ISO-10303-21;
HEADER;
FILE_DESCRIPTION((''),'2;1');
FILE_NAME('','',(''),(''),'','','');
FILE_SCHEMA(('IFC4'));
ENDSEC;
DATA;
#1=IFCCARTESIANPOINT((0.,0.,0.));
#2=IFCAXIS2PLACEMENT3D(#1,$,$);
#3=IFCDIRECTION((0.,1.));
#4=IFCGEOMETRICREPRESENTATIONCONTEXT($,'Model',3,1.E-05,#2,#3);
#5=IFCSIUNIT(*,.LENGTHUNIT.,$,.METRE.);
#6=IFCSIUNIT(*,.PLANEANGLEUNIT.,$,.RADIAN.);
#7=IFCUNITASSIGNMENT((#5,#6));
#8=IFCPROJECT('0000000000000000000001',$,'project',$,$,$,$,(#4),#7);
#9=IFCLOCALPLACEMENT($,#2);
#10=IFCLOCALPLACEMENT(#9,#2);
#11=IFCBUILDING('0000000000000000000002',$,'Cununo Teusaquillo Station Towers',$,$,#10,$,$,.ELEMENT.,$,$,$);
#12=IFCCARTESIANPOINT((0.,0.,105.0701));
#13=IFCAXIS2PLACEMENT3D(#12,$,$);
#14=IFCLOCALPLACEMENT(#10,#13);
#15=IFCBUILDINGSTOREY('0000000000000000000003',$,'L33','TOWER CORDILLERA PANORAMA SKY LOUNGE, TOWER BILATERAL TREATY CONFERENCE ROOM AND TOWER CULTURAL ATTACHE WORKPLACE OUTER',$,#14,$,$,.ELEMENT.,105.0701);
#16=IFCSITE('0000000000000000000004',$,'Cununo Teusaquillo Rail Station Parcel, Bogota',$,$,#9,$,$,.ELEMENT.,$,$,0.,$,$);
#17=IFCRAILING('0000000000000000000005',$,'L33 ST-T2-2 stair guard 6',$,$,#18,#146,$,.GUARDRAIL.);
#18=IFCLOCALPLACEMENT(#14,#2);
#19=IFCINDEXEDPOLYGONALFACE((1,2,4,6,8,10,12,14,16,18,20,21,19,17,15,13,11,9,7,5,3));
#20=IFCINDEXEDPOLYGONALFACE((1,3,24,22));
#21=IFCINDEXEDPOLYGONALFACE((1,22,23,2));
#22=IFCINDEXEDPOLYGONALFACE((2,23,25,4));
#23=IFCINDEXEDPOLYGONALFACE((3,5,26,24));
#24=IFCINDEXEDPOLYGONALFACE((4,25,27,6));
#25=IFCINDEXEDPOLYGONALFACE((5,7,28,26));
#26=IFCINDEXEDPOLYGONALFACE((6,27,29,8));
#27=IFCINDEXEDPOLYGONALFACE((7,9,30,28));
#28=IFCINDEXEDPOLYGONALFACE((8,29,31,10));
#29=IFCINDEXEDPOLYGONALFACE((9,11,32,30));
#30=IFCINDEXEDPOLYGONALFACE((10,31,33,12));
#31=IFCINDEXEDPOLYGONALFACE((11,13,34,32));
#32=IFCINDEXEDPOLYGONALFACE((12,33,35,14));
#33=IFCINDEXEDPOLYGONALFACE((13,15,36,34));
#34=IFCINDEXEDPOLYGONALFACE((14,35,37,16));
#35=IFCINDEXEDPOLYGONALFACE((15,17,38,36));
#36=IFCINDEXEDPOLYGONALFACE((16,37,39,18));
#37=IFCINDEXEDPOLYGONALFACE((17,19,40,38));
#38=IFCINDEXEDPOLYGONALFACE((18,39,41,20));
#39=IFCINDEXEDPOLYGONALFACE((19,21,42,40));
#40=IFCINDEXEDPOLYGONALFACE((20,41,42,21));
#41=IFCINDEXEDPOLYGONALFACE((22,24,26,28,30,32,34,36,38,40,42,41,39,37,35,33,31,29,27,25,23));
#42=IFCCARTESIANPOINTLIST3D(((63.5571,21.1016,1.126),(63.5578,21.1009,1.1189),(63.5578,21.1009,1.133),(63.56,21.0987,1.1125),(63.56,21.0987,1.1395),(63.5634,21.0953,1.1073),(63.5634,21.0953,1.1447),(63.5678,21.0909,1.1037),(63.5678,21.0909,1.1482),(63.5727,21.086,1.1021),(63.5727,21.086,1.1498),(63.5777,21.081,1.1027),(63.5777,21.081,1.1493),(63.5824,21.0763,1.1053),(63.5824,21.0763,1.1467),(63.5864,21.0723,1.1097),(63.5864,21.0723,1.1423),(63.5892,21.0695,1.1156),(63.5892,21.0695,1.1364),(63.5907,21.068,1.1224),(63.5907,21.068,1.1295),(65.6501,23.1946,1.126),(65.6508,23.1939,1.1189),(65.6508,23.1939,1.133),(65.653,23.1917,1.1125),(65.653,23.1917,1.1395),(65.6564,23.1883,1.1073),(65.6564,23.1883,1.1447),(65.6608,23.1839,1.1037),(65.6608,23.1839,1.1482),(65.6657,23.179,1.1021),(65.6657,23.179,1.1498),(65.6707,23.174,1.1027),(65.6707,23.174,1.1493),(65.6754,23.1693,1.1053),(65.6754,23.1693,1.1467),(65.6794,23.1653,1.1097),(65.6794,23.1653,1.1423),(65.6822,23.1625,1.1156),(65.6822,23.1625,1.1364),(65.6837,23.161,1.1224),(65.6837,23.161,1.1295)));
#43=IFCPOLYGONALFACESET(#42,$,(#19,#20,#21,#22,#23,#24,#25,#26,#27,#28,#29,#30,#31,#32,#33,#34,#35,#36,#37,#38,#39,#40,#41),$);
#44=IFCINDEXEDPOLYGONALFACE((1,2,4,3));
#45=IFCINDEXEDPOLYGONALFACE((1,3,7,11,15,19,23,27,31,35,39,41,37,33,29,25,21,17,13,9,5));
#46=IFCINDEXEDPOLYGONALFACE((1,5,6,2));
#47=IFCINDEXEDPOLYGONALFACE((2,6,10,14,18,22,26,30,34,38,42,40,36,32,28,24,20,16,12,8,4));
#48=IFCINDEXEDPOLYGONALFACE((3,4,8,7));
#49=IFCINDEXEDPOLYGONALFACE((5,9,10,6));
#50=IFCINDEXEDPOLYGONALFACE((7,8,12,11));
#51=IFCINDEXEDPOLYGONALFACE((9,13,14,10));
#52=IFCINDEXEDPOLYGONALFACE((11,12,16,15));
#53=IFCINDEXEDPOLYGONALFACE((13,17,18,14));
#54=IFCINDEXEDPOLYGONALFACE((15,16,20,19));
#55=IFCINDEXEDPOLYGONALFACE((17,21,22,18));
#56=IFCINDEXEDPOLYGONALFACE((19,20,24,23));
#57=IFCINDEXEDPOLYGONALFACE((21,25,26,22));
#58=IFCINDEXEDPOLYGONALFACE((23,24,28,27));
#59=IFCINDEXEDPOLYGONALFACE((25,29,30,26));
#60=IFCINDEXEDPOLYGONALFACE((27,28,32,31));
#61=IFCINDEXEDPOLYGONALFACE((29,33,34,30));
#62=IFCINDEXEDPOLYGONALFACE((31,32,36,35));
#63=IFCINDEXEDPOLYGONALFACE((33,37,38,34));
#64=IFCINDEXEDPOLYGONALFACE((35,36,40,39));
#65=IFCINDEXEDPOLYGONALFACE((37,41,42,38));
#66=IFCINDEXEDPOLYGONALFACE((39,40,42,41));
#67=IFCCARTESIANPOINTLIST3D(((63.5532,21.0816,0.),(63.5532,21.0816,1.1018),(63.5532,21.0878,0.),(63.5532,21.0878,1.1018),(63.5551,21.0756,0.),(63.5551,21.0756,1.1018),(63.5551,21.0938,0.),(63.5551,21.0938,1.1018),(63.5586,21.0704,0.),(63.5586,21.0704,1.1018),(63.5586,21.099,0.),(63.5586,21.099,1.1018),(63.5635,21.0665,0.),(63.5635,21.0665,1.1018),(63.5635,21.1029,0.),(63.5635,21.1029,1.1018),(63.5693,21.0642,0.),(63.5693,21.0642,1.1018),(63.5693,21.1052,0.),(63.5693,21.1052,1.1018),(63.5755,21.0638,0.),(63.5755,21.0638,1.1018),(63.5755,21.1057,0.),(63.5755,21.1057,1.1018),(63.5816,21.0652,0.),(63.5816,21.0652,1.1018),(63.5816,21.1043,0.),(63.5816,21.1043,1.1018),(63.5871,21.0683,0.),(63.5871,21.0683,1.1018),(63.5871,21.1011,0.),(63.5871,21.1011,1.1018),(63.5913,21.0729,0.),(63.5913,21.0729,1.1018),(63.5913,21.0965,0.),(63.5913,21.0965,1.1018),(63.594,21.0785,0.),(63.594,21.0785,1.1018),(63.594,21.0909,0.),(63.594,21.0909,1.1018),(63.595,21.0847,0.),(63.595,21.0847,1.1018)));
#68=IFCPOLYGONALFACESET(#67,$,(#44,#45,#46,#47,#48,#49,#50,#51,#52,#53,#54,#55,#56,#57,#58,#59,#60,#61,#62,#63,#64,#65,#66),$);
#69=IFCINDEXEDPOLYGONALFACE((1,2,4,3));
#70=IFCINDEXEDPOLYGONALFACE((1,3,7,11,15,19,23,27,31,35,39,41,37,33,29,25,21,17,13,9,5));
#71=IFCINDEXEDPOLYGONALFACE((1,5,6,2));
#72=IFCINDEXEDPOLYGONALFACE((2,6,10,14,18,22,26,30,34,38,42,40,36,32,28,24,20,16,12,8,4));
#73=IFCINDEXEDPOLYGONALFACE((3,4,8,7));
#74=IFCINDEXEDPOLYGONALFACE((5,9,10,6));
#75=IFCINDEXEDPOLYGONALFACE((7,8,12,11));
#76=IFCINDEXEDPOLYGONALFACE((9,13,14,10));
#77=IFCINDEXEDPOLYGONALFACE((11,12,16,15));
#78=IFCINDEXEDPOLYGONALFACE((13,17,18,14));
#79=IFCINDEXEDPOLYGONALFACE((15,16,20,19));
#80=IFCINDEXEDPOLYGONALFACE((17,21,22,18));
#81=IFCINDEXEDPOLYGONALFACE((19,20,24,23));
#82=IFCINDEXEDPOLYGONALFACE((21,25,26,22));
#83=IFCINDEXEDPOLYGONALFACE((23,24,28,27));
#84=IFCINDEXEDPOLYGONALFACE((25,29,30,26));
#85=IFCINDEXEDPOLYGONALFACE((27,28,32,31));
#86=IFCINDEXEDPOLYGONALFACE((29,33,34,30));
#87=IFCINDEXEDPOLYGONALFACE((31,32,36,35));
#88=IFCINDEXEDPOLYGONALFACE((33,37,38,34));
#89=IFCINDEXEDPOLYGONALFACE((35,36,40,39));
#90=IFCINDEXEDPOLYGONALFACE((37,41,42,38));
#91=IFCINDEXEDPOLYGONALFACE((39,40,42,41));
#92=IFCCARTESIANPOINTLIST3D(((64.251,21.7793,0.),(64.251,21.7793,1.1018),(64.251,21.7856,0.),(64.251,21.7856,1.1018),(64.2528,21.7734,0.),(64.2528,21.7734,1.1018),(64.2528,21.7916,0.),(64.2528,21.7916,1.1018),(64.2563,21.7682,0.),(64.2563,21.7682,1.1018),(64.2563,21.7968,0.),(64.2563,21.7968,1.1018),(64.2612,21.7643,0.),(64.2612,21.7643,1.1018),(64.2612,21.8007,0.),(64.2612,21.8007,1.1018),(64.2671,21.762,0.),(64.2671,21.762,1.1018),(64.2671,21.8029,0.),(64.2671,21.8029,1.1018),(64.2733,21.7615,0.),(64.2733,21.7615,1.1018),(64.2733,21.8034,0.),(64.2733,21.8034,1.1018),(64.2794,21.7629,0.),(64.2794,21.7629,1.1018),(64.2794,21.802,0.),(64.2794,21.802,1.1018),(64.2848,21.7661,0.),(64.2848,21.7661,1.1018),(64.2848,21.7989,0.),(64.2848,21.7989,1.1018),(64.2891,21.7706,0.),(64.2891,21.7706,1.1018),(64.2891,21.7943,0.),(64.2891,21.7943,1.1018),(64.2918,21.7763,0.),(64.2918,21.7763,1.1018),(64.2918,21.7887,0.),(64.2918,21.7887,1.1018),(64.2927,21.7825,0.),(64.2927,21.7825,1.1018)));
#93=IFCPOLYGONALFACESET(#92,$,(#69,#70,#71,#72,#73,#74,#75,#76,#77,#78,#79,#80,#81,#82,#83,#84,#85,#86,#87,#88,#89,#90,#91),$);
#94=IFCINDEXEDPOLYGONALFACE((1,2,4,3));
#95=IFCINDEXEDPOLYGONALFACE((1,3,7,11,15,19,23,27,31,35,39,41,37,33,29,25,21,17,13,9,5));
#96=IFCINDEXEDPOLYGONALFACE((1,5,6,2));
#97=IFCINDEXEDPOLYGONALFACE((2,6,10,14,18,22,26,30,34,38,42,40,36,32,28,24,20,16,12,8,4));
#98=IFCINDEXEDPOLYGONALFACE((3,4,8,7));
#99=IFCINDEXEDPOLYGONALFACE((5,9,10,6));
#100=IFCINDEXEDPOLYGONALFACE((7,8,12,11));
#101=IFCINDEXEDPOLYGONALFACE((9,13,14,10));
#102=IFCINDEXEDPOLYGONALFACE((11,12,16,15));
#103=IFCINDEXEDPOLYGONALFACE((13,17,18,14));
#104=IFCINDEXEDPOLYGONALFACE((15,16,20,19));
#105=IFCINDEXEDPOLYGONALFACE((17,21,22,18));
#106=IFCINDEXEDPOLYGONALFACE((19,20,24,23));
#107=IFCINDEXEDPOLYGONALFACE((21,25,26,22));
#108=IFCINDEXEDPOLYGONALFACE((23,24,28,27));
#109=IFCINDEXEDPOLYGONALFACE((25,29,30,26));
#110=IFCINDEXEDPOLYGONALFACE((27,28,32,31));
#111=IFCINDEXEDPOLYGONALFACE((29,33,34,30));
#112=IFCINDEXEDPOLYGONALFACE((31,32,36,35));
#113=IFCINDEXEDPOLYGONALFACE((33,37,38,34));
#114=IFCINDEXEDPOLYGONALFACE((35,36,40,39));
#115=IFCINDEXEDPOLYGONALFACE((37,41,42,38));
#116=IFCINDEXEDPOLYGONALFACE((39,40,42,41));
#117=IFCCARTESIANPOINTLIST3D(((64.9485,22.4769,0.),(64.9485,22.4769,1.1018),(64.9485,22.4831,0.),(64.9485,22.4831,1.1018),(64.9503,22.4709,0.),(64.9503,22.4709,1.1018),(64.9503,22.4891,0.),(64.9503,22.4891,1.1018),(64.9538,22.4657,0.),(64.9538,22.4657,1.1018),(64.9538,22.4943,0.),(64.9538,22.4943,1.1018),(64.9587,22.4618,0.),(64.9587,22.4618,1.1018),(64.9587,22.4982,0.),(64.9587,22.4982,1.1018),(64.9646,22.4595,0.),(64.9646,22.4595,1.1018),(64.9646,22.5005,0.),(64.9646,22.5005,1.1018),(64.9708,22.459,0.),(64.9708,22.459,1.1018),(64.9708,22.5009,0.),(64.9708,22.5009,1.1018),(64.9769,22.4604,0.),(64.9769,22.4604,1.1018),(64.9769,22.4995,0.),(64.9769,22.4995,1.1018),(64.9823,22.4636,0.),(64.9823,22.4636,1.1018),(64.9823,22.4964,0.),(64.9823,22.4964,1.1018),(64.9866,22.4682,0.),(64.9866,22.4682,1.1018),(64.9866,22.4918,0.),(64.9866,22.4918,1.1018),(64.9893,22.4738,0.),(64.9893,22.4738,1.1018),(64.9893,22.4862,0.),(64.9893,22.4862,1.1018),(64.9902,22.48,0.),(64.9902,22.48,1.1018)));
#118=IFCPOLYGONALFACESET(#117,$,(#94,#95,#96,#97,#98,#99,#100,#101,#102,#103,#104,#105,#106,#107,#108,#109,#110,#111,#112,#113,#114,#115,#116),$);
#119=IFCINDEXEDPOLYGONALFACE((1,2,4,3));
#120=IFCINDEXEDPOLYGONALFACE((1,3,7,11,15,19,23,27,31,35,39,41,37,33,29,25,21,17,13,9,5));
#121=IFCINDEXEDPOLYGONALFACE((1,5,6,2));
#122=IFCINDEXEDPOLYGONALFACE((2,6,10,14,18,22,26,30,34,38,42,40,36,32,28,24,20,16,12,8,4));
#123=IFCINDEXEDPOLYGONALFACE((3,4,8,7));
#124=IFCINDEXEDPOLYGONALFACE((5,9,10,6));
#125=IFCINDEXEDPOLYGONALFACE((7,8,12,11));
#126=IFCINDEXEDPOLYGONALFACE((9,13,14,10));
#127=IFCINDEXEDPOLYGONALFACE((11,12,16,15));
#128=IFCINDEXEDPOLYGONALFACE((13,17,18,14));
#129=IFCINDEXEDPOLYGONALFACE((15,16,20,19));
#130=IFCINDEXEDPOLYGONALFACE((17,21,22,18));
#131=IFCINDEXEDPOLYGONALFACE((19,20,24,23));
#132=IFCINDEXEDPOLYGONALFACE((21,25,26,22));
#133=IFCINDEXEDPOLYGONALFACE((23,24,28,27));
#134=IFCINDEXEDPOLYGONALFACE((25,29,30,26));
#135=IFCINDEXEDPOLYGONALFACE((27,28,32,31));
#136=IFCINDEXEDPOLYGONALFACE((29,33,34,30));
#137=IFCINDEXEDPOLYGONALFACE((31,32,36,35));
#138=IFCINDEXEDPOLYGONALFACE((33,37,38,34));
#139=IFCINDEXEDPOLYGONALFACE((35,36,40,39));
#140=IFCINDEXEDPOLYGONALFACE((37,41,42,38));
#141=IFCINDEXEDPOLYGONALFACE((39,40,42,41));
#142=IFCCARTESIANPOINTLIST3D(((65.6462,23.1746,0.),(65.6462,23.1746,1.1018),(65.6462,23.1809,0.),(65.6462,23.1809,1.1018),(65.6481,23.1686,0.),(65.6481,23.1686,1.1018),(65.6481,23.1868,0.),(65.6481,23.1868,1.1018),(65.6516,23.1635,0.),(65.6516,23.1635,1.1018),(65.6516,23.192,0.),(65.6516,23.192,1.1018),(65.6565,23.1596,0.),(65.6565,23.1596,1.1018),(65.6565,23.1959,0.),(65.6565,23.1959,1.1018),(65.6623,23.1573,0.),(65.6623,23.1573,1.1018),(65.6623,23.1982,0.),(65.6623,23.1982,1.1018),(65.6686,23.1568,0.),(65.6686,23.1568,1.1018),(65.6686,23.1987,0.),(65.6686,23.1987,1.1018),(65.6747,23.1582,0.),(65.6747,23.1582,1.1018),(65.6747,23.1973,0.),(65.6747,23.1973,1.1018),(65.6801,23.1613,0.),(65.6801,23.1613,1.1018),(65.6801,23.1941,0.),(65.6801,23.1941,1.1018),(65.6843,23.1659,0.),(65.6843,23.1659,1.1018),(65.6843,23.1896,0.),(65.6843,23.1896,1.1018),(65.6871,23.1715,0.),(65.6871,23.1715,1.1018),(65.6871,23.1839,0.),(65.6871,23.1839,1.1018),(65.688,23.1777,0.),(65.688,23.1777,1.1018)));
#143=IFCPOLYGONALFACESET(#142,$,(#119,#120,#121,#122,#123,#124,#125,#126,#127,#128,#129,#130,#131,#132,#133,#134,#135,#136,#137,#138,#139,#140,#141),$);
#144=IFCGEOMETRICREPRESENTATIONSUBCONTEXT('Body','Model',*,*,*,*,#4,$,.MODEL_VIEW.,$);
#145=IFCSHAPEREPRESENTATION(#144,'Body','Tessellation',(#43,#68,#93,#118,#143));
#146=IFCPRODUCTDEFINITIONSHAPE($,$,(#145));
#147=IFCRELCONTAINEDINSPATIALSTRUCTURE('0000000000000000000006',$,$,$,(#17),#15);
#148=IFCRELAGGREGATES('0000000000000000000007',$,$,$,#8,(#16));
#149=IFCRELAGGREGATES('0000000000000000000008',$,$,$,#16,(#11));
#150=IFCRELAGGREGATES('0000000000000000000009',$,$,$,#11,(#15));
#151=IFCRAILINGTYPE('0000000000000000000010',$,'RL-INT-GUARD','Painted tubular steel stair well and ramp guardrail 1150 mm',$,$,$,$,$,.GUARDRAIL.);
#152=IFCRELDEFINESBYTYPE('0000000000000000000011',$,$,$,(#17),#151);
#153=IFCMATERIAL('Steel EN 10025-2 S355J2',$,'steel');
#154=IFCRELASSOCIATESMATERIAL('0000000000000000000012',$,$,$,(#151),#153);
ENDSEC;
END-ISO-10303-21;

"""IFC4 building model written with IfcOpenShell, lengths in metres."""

from ifc_helpers import new_model, si_unit, direction, frame, origin, origin_2d, place, context, subcontext, project, spatial, circle, extrude, material, type_object, element, save


model = new_model("IFC4")

# Units and contexts
model_context = context("Model", 3, precision=1e-05, world=origin(), true_north=direction((0.0, 1.0)))
body_context = subcontext(model_context, "Body", "Model", "MODEL_VIEW")
ifc_project = project(units=[si_unit("LENGTHUNIT", "METRE"), si_unit("PLANEANGLEUNIT", "RADIAN")], contexts=[model_context])

# Site, building, storey
site_placement = place(None, origin())
site = spatial("IfcSite", under=ifc_project, at=site_placement, Name="Cununo Teusaquillo Rail Station Parcel, Bogota", CompositionType="ELEMENT", RefElevation=0.0)
building_placement = place(site_placement, origin())
building = spatial("IfcBuilding", under=site, at=building_placement, Name="Cununo Teusaquillo Station Towers", CompositionType="ELEMENT")
storey_placement = place(building_placement, frame((0.0, 0.0, 105.0701)))
storey = spatial("IfcBuildingStorey", under=building, at=storey_placement, Name="L33", Description="TOWER CORDILLERA PANORAMA SKY LOUNGE, TOWER BILATERAL TREATY CONFERENCE ROOM AND TOWER CULTURAL ATTACHE WORKPLACE OUTER", CompositionType="ELEMENT", Elevation=105.0701)

# Railing
ifc_material_1 = material(Name="Steel EN 10025-2 S355J2", Category="steel")
railing_type = type_object("IfcRailingType", Name="RL-INT-GUARD", Description="Painted tubular steel stair well and ramp guardrail 1150 mm", PredefinedType="GUARDRAIL", material=ifc_material_1)
railing_1_placement = place(storey_placement, frame((63.574, 21.0847, 0.0)))
element("IfcRailing", 1, at=railing_1_placement, inside=storey, type_object=railing_type, Name="L33 ST-T2-2 stair guard 6", PredefinedType="GUARDRAIL", context=body_context, shape_type="SweptSolid", body=[
    extrude(circle(Radius=0.0239, at=origin_2d()), frame((0.0, 0.0, 1.126), z_axis=(0.707107, 0.707107, 0.0), x_axis=(-0.707107, 0.707107, 0.0)), (0.0, 0.0, 1.0), 2.96),
    extrude(circle(Radius=0.021, at=origin_2d()), origin(), (0.0, 0.0, 1.0), 1.1018),
    extrude(circle(Radius=0.021, at=origin_2d()), frame((0.6978, 0.6978, 0.0)), (0.0, 0.0, 1.0), 1.1018),
    extrude(circle(Radius=0.021, at=origin_2d()), frame((1.3953, 1.3953, 0.0)), (0.0, 0.0, 1.0), 1.1018),
    extrude(circle(Radius=0.021, at=origin_2d()), frame((2.093, 2.093, 0.0)), (0.0, 0.0, 1.0), 1.1018),
])

save(model, "model.ifc")
